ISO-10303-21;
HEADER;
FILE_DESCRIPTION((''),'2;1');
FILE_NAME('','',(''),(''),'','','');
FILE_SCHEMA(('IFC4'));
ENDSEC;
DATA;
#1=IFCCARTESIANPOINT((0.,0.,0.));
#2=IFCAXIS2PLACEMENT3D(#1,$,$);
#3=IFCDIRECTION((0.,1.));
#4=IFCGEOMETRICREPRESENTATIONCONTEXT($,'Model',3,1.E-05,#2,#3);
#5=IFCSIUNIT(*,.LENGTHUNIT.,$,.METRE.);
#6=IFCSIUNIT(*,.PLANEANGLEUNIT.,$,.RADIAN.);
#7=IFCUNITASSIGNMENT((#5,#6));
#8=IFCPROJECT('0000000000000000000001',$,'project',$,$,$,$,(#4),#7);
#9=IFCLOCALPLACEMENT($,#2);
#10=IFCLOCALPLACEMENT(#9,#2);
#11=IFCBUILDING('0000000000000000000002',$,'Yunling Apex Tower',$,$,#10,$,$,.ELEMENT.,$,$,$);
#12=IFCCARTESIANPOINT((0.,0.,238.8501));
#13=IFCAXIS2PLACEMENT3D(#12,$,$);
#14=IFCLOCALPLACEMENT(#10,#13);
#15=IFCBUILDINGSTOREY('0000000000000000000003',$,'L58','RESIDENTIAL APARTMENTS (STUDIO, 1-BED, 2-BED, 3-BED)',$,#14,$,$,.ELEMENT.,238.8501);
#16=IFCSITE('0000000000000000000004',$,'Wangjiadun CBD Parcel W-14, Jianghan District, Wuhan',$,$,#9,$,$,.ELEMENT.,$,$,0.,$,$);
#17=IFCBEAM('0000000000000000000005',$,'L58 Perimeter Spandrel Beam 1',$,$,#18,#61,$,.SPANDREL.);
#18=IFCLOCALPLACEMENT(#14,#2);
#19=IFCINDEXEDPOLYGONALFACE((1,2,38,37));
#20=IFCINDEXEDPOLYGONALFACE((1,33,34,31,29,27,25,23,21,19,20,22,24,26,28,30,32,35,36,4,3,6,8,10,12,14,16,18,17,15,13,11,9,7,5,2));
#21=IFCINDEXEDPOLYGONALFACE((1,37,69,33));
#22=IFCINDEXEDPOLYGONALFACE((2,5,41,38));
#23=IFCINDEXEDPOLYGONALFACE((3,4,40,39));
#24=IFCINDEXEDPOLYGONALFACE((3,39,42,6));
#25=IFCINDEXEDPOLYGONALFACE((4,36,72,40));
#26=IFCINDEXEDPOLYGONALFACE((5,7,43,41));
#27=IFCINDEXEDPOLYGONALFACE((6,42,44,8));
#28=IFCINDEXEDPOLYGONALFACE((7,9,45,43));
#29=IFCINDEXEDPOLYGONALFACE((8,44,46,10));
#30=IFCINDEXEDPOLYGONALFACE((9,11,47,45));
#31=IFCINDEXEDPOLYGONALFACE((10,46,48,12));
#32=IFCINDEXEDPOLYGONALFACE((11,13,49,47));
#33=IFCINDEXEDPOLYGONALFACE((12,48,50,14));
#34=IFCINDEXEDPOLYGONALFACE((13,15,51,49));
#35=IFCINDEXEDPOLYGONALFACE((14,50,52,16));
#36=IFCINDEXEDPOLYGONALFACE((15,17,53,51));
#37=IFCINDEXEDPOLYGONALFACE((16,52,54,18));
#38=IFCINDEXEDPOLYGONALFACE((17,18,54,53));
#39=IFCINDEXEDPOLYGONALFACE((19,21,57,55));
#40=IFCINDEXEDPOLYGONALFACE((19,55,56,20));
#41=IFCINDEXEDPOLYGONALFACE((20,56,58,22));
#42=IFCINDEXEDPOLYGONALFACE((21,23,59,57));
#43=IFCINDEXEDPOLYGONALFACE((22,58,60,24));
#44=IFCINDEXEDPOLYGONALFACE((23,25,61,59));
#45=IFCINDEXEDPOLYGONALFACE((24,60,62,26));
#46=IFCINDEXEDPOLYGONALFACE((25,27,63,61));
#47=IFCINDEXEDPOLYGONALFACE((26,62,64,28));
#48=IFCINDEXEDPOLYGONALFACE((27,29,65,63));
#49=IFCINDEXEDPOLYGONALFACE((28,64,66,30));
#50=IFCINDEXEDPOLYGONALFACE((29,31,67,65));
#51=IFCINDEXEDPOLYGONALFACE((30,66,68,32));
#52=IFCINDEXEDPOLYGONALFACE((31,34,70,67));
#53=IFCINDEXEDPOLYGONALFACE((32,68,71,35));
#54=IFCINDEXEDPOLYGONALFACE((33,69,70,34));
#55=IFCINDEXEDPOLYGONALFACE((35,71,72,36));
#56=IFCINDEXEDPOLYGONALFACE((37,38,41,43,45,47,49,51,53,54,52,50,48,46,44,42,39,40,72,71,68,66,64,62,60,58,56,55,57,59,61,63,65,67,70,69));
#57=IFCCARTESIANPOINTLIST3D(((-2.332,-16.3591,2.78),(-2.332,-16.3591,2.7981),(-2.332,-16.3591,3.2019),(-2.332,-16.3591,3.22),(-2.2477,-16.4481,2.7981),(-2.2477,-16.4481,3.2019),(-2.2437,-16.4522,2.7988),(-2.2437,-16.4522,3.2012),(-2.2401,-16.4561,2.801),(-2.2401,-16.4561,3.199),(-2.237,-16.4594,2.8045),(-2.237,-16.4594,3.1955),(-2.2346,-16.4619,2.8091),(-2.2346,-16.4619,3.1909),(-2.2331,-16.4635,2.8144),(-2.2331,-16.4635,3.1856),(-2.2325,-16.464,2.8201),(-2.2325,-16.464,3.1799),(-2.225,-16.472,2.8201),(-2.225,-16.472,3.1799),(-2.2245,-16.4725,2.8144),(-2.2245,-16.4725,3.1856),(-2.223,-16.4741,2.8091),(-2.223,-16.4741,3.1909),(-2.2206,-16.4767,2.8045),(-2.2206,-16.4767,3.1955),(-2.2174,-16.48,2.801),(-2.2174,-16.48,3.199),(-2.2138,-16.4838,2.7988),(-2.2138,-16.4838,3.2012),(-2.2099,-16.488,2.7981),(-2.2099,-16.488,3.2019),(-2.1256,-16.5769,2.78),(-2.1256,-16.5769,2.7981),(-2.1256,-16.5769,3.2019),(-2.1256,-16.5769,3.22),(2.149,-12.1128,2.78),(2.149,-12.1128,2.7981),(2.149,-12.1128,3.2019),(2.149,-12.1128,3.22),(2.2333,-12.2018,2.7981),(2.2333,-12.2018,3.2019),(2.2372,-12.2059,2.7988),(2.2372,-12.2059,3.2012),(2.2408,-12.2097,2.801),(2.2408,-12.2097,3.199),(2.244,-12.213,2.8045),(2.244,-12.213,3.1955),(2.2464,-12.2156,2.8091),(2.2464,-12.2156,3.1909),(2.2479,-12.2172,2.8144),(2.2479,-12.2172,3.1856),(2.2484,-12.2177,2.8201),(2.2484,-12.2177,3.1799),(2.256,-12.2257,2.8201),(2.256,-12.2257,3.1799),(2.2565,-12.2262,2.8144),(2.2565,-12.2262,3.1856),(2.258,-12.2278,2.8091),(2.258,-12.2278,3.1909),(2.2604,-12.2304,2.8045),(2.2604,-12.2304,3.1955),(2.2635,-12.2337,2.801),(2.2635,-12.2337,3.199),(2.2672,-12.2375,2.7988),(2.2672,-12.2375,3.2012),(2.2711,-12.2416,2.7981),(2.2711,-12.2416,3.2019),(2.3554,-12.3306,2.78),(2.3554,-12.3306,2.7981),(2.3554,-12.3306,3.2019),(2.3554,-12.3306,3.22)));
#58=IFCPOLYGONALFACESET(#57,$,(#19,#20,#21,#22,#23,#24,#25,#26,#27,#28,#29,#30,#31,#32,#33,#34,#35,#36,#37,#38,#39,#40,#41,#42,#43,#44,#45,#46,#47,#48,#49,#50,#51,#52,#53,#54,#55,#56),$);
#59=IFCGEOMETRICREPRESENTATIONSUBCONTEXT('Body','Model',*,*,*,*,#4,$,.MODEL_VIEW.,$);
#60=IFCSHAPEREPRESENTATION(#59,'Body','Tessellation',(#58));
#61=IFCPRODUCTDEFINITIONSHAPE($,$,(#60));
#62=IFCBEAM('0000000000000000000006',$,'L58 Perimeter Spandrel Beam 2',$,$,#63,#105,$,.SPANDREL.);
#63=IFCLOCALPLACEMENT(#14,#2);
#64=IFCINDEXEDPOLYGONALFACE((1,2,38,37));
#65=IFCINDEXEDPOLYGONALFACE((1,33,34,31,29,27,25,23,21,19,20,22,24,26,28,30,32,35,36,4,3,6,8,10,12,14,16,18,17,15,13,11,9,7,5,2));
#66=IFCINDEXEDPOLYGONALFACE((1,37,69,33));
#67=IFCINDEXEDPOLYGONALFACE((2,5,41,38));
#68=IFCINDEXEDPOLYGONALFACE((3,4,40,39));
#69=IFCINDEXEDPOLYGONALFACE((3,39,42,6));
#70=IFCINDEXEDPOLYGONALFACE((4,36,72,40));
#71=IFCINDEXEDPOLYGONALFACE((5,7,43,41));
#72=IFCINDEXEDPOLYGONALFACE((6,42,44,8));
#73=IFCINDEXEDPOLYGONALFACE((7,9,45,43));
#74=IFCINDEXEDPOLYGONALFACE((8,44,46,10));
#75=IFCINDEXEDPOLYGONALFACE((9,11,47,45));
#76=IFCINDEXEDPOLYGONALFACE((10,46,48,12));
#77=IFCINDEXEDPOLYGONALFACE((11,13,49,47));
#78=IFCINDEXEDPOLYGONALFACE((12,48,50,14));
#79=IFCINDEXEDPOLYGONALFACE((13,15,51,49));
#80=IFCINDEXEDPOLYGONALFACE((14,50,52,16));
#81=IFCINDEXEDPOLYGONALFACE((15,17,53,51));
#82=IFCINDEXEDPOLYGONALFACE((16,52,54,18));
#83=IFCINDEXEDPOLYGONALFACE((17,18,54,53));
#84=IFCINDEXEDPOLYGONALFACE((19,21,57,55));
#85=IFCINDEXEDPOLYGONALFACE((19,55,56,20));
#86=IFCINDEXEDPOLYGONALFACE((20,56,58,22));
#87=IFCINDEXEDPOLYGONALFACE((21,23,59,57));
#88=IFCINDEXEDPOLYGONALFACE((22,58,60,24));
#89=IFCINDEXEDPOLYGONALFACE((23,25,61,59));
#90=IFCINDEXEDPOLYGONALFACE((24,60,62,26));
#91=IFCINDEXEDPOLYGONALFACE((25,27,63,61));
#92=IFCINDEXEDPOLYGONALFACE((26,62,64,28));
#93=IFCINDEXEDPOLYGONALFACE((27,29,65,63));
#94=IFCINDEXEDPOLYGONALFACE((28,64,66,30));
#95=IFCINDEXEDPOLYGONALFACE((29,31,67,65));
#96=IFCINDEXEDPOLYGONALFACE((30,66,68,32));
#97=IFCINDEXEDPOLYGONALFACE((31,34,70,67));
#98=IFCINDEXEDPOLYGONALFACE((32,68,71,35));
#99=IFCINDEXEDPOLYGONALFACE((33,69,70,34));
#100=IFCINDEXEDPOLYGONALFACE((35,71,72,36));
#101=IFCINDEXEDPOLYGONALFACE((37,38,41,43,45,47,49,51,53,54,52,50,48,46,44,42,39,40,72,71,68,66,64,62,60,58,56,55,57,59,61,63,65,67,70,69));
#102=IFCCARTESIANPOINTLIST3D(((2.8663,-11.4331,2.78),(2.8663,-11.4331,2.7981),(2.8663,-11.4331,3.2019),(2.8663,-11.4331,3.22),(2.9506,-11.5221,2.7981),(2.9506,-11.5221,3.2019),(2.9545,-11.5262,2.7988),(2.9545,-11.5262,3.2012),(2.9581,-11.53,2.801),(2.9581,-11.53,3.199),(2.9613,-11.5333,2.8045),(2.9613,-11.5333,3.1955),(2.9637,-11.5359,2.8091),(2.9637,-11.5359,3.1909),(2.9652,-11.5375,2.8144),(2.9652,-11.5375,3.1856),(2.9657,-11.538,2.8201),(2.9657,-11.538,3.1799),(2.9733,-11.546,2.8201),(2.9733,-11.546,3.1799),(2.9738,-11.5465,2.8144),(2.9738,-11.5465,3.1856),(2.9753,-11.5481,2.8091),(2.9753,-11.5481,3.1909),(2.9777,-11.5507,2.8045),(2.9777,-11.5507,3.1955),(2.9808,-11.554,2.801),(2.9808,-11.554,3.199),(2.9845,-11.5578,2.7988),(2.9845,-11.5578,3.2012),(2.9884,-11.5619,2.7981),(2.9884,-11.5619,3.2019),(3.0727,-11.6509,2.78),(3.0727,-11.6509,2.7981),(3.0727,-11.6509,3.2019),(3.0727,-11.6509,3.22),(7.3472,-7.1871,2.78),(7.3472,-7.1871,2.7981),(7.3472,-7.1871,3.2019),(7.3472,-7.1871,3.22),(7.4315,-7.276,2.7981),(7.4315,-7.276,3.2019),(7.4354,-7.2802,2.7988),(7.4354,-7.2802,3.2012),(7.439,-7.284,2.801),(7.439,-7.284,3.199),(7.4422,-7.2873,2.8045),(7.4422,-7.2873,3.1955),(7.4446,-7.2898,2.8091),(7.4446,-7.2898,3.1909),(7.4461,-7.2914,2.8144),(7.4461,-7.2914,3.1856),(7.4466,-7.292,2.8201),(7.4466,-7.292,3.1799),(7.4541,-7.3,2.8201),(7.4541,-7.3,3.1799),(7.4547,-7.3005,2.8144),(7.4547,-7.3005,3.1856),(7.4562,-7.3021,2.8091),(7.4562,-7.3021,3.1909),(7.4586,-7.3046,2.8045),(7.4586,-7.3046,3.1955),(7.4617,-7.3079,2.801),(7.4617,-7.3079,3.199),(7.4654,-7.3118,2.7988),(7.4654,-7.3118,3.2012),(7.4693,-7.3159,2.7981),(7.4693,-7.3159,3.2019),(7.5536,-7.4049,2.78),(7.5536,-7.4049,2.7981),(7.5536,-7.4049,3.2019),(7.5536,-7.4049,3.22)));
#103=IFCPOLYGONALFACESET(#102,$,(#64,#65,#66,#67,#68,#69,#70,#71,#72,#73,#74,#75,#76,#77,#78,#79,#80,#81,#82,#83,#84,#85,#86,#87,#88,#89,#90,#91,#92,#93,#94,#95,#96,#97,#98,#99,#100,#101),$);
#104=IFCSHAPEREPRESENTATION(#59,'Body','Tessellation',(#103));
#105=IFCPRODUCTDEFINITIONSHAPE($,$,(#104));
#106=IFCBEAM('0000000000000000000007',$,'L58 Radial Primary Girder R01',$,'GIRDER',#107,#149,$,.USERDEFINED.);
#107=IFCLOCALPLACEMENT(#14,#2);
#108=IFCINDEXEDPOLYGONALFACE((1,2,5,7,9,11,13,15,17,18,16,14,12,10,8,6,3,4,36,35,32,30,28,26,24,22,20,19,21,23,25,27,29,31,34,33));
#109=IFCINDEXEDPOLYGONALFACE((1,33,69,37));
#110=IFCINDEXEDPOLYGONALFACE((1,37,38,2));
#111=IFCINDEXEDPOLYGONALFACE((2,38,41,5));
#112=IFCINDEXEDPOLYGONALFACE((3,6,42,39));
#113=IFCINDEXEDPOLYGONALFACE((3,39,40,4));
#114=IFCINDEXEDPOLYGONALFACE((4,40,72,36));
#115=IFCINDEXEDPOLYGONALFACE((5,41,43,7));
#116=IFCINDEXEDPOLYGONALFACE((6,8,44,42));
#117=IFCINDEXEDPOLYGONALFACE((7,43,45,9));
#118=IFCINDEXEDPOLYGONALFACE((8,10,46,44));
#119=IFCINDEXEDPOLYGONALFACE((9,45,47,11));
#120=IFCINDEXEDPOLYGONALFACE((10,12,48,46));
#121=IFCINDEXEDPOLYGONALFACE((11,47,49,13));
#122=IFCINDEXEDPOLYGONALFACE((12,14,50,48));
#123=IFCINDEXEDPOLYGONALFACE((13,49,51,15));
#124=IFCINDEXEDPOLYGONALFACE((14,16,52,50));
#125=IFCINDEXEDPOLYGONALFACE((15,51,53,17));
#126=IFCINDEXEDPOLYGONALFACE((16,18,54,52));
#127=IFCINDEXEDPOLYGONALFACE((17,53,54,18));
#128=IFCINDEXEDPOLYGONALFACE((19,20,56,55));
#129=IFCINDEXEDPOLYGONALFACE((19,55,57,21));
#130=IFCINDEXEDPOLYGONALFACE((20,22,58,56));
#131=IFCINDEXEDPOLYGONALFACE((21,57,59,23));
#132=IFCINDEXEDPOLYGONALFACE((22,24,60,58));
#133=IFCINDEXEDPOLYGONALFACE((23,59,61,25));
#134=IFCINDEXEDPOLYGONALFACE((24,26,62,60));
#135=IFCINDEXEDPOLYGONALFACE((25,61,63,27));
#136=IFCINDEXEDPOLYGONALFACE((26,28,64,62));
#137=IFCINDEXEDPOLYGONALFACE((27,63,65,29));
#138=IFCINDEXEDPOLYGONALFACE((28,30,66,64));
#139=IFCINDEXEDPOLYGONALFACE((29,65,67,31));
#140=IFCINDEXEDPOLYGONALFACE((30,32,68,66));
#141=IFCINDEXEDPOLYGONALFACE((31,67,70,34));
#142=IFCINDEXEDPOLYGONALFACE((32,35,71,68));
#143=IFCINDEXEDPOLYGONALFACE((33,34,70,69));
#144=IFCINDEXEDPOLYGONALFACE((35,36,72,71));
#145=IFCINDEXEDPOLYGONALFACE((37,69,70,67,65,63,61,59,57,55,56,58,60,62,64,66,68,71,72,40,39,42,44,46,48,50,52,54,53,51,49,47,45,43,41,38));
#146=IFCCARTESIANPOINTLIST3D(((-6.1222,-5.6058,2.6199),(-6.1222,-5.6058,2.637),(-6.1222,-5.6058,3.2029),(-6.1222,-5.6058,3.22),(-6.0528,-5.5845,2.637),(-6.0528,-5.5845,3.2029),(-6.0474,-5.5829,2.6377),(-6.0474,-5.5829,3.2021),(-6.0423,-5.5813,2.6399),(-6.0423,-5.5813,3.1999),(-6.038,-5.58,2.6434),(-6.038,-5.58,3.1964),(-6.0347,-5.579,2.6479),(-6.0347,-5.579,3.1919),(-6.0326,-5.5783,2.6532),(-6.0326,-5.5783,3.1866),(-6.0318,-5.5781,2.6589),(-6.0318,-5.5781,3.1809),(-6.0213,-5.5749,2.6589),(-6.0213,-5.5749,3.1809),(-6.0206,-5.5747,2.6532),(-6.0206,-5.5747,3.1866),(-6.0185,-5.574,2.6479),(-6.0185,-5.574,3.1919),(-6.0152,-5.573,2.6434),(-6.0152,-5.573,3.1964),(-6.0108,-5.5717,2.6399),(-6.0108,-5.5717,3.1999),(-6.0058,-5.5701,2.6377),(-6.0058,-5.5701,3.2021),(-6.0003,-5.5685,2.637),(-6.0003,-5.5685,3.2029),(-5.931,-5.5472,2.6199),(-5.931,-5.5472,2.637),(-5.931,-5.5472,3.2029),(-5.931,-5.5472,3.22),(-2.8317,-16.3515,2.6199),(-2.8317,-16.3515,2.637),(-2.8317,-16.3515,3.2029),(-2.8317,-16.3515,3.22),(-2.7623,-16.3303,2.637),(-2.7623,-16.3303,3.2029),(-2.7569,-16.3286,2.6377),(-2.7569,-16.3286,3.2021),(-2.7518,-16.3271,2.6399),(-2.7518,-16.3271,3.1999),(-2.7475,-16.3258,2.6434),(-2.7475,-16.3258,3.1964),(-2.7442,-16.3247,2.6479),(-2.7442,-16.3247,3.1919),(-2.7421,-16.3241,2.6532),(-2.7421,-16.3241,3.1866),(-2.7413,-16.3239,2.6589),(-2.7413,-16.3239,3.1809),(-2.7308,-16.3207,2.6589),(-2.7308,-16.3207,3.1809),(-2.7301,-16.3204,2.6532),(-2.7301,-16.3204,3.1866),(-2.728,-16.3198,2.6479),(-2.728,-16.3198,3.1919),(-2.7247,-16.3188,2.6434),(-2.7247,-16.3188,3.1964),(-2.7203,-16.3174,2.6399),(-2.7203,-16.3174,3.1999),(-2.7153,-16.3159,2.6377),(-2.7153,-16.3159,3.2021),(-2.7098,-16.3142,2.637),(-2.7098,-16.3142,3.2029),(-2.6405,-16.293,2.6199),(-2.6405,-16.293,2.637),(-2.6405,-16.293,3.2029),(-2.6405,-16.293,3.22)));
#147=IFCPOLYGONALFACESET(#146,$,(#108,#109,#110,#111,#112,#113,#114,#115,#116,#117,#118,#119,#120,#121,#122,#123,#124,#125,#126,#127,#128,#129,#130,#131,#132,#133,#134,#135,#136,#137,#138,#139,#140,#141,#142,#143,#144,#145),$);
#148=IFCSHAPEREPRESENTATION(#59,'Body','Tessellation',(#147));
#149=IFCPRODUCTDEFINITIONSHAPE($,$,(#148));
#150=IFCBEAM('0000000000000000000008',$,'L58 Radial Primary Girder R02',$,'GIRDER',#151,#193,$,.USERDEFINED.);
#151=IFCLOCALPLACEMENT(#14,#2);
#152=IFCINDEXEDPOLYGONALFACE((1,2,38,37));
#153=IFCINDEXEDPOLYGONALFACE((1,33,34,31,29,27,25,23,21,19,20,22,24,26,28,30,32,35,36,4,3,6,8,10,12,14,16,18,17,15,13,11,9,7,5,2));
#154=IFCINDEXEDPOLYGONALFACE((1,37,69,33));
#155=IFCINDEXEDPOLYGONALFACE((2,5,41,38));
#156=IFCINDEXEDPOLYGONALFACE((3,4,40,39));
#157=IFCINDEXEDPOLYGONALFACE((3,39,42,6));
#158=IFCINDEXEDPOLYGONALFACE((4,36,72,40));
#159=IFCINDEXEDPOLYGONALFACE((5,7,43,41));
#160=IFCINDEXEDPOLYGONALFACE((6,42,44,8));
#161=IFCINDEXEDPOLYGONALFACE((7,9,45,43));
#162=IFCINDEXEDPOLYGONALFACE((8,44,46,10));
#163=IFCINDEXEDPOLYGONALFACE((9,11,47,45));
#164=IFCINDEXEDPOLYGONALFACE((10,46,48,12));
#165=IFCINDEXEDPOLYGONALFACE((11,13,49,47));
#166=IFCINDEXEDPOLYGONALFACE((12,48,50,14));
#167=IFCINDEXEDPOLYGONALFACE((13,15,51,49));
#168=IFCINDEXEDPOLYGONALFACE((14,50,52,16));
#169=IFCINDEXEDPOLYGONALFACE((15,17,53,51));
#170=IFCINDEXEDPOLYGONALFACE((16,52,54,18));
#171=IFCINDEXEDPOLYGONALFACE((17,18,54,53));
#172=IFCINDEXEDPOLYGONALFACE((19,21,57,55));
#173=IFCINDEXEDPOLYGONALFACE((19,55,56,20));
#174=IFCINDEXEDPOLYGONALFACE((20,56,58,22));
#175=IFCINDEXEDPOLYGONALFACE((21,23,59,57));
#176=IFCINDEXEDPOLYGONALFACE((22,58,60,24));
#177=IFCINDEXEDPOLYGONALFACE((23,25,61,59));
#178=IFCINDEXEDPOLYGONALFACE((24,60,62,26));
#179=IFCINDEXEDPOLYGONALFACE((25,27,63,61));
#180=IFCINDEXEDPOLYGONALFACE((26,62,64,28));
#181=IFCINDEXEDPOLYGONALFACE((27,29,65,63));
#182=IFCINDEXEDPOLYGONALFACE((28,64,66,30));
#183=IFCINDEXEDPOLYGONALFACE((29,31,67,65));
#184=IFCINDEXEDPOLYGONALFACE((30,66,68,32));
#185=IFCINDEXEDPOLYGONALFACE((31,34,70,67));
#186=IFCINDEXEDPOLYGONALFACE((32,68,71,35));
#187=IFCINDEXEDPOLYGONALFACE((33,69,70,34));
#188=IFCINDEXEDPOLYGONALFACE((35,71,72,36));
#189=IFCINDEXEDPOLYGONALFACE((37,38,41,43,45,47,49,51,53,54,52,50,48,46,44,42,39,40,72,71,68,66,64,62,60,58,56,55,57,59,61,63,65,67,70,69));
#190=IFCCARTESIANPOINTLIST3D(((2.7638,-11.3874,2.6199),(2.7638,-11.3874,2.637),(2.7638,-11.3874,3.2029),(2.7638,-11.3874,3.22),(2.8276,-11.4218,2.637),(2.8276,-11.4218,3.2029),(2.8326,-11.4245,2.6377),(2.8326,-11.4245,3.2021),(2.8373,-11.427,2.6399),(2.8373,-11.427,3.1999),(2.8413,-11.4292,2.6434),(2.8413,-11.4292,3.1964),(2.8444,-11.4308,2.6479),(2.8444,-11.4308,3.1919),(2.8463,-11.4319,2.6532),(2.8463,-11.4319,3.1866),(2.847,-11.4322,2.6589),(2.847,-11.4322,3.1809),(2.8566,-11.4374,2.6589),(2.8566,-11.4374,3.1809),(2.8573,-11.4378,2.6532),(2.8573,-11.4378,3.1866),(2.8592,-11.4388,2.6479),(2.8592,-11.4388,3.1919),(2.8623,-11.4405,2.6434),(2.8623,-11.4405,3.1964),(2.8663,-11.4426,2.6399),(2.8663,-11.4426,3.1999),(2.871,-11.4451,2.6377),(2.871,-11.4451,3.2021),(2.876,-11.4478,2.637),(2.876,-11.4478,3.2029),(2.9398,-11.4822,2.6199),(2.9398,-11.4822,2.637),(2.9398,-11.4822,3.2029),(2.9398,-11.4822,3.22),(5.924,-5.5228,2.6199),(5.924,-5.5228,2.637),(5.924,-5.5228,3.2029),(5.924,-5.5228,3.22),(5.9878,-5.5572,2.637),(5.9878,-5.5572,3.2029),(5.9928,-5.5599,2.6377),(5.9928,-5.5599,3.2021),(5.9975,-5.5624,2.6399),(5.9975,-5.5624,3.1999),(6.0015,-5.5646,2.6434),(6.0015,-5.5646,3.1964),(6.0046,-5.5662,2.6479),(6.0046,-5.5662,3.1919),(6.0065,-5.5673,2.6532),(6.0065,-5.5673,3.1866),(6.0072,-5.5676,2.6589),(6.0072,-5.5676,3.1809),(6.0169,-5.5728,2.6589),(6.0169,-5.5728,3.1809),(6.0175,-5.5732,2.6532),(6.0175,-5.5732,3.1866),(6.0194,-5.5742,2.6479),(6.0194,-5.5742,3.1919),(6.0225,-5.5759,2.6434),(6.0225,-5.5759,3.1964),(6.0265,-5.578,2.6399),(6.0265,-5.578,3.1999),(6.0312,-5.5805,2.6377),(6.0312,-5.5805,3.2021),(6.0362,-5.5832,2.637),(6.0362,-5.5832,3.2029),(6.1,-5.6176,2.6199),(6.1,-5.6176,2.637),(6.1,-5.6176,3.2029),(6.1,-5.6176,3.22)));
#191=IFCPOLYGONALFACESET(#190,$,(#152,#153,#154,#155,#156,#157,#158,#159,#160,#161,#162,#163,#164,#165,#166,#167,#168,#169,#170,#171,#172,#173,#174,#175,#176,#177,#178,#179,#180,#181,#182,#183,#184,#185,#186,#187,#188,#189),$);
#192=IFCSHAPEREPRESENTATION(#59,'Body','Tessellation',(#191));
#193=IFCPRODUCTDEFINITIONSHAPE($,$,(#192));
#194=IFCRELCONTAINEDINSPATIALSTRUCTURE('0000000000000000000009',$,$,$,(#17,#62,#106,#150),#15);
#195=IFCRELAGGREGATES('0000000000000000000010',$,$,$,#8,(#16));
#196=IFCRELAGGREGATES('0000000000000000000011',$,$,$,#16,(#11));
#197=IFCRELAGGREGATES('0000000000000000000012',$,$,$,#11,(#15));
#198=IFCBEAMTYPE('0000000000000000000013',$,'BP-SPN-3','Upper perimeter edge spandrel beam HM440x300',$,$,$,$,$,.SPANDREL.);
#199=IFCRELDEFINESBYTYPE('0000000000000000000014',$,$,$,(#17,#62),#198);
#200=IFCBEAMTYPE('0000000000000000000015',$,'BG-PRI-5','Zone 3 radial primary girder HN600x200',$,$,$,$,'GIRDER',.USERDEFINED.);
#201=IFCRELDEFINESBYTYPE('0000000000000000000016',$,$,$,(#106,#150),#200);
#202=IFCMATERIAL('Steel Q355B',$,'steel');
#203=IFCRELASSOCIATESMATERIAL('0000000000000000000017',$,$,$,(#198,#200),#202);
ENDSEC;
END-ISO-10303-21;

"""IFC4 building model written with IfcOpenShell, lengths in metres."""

from ifc_helpers import new_model, si_unit, direction, frame, origin, origin_2d, place, context, subcontext, project, spatial, i_section, extrude, source, transform, mapped, material, material_profile, profile_set, type_object, element, save


model = new_model("IFC4")

# Units and contexts
model_context = context("Model", 3, precision=1e-05, world=origin(), true_north=direction((0.0, 1.0)))
body_context = subcontext(model_context, "Body", "Model", "MODEL_VIEW")
ifc_project = project(units=[si_unit("LENGTHUNIT", "METRE"), si_unit("PLANEANGLEUNIT", "RADIAN")], contexts=[model_context])

# Site, building, storey
site_placement = place(None, origin())
site = spatial("IfcSite", under=ifc_project, at=site_placement, Name="Wangjiadun CBD Parcel W-14, Jianghan District, Wuhan", CompositionType="ELEMENT", RefElevation=0.0)
building_placement = place(site_placement, origin())
building = spatial("IfcBuilding", under=site, at=building_placement, Name="Yunling Apex Tower", CompositionType="ELEMENT")
storey_placement = place(building_placement, frame((0.0, 0.0, 238.8501)))
storey = spatial("IfcBuildingStorey", under=building, at=storey_placement, Name="L58", Description="RESIDENTIAL APARTMENTS (STUDIO, 1-BED, 2-BED, 3-BED)", CompositionType="ELEMENT", Elevation=238.8501)

# Beams
ifc_material_1 = material(Name="Steel Q355B", Category="steel")
ifc_material_profile_1 = material_profile(ifc_material_1, i_section(OverallWidth=0.3, OverallDepth=0.4399, WebThickness=0.011, FlangeThickness=0.0181, FilletRadius=0.022, at=origin_2d()))
ifc_profile_set_1 = profile_set([ifc_material_profile_1], Name="Steel Q355B")
beam_type_1 = type_object("IfcBeamType", Name="BP-SPN-3", Description="Upper perimeter edge spandrel beam HM440x300", PredefinedType="SPANDREL", material=ifc_profile_set_1)
shared_shape_1 = source(origin(), body_context, "Body", "SweptSolid", [
    extrude(i_section(OverallWidth=0.3, OverallDepth=0.4399, WebThickness=0.011, FlangeThickness=0.0181, FilletRadius=0.022, at=origin_2d()), origin(), (0.0, 0.0, 1.0), 6.1733),
])
beam_1_placement = place(storey_placement, frame((-2.2288, -16.468, 3.0), z_axis=(0.725854, 0.687849, 0.0), x_axis=(-0.687849, 0.725854, 0.0)))
element("IfcBeam", 1, at=beam_1_placement, inside=storey, type_object=beam_type_1, Name="L58 Perimeter Spandrel Beam 1", PredefinedType="SPANDREL", context=body_context, shape_type="MappedRepresentation", body=[
    mapped(shared_shape_1, transform((0.0, 0.0, 0.0), scale=1.0)),
])
shared_shape_2 = source(origin(), body_context, "Body", "SweptSolid", [
    extrude(i_section(OverallWidth=0.3, OverallDepth=0.4399, WebThickness=0.011, FlangeThickness=0.0181, FilletRadius=0.022, at=origin_2d()), origin(), (0.0, 0.0, 1.0), 6.1731),
])
beam_2_placement = place(storey_placement, frame((2.9695, -11.542, 3.0), z_axis=(0.725874, 0.687828, 0.0), x_axis=(-0.687828, 0.725874, 0.0)))
element("IfcBeam", 2, at=beam_2_placement, inside=storey, type_object=beam_type_1, Name="L58 Perimeter Spandrel Beam 2", PredefinedType="SPANDREL", context=body_context, shape_type="MappedRepresentation", body=[
    mapped(shared_shape_2, transform((0.0, 0.0, 0.0), scale=1.0)),
])
ifc_material_profile_2 = material_profile(ifc_material_1, i_section(OverallWidth=0.2, OverallDepth=0.6001, WebThickness=0.011, FlangeThickness=0.0171, FilletRadius=0.022, at=origin_2d()))
ifc_profile_set_2 = profile_set([ifc_material_profile_2], Name="Steel Q355B")
beam_type_2 = type_object("IfcBeamType", Name="BG-PRI-5", Description="Zone 3 radial primary girder HN600x200", ElementType="GIRDER", PredefinedType="USERDEFINED", material=ifc_profile_set_2)
shared_shape_3 = source(origin(), body_context, "Body", "SweptSolid", [
    extrude(i_section(OverallWidth=0.2, OverallDepth=0.6001, WebThickness=0.011, FlangeThickness=0.0171, FilletRadius=0.022, at=origin_2d()), origin(), (0.0, 0.0, 1.0), 11.2383),
])
beam_3_placement = place(storey_placement, frame((-2.7361, -16.3223, 2.9199), z_axis=(-0.292794, 0.956176, 0.0), x_axis=(-0.956176, -0.292794, 0.0)))
element("IfcBeam", 3, at=beam_3_placement, inside=storey, type_object=beam_type_2, Name="L58 Radial Primary Girder R01", ObjectType="GIRDER", PredefinedType="USERDEFINED", context=body_context, shape_type="MappedRepresentation", body=[
    mapped(shared_shape_3, transform((0.0, 0.0, 0.0), scale=1.0)),
])
shared_shape_4 = source(origin(), body_context, "Body", "SweptSolid", [
    extrude(i_section(OverallWidth=0.2, OverallDepth=0.6001, WebThickness=0.011, FlangeThickness=0.0171, FilletRadius=0.022, at=origin_2d()), origin(), (0.0, 0.0, 1.0), 6.6619),
])
beam_4_placement = place(storey_placement, frame((2.8518, -11.4348, 2.9199), z_axis=(0.474373, 0.880324, 0.0), x_axis=(-0.880324, 0.474373, 0.0)))
element("IfcBeam", 4, at=beam_4_placement, inside=storey, type_object=beam_type_2, Name="L58 Radial Primary Girder R02", ObjectType="GIRDER", PredefinedType="USERDEFINED", context=body_context, shape_type="MappedRepresentation", body=[
    mapped(shared_shape_4, transform((0.0, 0.0, 0.0), scale=1.0)),
])

save(model, "model.ifc")
